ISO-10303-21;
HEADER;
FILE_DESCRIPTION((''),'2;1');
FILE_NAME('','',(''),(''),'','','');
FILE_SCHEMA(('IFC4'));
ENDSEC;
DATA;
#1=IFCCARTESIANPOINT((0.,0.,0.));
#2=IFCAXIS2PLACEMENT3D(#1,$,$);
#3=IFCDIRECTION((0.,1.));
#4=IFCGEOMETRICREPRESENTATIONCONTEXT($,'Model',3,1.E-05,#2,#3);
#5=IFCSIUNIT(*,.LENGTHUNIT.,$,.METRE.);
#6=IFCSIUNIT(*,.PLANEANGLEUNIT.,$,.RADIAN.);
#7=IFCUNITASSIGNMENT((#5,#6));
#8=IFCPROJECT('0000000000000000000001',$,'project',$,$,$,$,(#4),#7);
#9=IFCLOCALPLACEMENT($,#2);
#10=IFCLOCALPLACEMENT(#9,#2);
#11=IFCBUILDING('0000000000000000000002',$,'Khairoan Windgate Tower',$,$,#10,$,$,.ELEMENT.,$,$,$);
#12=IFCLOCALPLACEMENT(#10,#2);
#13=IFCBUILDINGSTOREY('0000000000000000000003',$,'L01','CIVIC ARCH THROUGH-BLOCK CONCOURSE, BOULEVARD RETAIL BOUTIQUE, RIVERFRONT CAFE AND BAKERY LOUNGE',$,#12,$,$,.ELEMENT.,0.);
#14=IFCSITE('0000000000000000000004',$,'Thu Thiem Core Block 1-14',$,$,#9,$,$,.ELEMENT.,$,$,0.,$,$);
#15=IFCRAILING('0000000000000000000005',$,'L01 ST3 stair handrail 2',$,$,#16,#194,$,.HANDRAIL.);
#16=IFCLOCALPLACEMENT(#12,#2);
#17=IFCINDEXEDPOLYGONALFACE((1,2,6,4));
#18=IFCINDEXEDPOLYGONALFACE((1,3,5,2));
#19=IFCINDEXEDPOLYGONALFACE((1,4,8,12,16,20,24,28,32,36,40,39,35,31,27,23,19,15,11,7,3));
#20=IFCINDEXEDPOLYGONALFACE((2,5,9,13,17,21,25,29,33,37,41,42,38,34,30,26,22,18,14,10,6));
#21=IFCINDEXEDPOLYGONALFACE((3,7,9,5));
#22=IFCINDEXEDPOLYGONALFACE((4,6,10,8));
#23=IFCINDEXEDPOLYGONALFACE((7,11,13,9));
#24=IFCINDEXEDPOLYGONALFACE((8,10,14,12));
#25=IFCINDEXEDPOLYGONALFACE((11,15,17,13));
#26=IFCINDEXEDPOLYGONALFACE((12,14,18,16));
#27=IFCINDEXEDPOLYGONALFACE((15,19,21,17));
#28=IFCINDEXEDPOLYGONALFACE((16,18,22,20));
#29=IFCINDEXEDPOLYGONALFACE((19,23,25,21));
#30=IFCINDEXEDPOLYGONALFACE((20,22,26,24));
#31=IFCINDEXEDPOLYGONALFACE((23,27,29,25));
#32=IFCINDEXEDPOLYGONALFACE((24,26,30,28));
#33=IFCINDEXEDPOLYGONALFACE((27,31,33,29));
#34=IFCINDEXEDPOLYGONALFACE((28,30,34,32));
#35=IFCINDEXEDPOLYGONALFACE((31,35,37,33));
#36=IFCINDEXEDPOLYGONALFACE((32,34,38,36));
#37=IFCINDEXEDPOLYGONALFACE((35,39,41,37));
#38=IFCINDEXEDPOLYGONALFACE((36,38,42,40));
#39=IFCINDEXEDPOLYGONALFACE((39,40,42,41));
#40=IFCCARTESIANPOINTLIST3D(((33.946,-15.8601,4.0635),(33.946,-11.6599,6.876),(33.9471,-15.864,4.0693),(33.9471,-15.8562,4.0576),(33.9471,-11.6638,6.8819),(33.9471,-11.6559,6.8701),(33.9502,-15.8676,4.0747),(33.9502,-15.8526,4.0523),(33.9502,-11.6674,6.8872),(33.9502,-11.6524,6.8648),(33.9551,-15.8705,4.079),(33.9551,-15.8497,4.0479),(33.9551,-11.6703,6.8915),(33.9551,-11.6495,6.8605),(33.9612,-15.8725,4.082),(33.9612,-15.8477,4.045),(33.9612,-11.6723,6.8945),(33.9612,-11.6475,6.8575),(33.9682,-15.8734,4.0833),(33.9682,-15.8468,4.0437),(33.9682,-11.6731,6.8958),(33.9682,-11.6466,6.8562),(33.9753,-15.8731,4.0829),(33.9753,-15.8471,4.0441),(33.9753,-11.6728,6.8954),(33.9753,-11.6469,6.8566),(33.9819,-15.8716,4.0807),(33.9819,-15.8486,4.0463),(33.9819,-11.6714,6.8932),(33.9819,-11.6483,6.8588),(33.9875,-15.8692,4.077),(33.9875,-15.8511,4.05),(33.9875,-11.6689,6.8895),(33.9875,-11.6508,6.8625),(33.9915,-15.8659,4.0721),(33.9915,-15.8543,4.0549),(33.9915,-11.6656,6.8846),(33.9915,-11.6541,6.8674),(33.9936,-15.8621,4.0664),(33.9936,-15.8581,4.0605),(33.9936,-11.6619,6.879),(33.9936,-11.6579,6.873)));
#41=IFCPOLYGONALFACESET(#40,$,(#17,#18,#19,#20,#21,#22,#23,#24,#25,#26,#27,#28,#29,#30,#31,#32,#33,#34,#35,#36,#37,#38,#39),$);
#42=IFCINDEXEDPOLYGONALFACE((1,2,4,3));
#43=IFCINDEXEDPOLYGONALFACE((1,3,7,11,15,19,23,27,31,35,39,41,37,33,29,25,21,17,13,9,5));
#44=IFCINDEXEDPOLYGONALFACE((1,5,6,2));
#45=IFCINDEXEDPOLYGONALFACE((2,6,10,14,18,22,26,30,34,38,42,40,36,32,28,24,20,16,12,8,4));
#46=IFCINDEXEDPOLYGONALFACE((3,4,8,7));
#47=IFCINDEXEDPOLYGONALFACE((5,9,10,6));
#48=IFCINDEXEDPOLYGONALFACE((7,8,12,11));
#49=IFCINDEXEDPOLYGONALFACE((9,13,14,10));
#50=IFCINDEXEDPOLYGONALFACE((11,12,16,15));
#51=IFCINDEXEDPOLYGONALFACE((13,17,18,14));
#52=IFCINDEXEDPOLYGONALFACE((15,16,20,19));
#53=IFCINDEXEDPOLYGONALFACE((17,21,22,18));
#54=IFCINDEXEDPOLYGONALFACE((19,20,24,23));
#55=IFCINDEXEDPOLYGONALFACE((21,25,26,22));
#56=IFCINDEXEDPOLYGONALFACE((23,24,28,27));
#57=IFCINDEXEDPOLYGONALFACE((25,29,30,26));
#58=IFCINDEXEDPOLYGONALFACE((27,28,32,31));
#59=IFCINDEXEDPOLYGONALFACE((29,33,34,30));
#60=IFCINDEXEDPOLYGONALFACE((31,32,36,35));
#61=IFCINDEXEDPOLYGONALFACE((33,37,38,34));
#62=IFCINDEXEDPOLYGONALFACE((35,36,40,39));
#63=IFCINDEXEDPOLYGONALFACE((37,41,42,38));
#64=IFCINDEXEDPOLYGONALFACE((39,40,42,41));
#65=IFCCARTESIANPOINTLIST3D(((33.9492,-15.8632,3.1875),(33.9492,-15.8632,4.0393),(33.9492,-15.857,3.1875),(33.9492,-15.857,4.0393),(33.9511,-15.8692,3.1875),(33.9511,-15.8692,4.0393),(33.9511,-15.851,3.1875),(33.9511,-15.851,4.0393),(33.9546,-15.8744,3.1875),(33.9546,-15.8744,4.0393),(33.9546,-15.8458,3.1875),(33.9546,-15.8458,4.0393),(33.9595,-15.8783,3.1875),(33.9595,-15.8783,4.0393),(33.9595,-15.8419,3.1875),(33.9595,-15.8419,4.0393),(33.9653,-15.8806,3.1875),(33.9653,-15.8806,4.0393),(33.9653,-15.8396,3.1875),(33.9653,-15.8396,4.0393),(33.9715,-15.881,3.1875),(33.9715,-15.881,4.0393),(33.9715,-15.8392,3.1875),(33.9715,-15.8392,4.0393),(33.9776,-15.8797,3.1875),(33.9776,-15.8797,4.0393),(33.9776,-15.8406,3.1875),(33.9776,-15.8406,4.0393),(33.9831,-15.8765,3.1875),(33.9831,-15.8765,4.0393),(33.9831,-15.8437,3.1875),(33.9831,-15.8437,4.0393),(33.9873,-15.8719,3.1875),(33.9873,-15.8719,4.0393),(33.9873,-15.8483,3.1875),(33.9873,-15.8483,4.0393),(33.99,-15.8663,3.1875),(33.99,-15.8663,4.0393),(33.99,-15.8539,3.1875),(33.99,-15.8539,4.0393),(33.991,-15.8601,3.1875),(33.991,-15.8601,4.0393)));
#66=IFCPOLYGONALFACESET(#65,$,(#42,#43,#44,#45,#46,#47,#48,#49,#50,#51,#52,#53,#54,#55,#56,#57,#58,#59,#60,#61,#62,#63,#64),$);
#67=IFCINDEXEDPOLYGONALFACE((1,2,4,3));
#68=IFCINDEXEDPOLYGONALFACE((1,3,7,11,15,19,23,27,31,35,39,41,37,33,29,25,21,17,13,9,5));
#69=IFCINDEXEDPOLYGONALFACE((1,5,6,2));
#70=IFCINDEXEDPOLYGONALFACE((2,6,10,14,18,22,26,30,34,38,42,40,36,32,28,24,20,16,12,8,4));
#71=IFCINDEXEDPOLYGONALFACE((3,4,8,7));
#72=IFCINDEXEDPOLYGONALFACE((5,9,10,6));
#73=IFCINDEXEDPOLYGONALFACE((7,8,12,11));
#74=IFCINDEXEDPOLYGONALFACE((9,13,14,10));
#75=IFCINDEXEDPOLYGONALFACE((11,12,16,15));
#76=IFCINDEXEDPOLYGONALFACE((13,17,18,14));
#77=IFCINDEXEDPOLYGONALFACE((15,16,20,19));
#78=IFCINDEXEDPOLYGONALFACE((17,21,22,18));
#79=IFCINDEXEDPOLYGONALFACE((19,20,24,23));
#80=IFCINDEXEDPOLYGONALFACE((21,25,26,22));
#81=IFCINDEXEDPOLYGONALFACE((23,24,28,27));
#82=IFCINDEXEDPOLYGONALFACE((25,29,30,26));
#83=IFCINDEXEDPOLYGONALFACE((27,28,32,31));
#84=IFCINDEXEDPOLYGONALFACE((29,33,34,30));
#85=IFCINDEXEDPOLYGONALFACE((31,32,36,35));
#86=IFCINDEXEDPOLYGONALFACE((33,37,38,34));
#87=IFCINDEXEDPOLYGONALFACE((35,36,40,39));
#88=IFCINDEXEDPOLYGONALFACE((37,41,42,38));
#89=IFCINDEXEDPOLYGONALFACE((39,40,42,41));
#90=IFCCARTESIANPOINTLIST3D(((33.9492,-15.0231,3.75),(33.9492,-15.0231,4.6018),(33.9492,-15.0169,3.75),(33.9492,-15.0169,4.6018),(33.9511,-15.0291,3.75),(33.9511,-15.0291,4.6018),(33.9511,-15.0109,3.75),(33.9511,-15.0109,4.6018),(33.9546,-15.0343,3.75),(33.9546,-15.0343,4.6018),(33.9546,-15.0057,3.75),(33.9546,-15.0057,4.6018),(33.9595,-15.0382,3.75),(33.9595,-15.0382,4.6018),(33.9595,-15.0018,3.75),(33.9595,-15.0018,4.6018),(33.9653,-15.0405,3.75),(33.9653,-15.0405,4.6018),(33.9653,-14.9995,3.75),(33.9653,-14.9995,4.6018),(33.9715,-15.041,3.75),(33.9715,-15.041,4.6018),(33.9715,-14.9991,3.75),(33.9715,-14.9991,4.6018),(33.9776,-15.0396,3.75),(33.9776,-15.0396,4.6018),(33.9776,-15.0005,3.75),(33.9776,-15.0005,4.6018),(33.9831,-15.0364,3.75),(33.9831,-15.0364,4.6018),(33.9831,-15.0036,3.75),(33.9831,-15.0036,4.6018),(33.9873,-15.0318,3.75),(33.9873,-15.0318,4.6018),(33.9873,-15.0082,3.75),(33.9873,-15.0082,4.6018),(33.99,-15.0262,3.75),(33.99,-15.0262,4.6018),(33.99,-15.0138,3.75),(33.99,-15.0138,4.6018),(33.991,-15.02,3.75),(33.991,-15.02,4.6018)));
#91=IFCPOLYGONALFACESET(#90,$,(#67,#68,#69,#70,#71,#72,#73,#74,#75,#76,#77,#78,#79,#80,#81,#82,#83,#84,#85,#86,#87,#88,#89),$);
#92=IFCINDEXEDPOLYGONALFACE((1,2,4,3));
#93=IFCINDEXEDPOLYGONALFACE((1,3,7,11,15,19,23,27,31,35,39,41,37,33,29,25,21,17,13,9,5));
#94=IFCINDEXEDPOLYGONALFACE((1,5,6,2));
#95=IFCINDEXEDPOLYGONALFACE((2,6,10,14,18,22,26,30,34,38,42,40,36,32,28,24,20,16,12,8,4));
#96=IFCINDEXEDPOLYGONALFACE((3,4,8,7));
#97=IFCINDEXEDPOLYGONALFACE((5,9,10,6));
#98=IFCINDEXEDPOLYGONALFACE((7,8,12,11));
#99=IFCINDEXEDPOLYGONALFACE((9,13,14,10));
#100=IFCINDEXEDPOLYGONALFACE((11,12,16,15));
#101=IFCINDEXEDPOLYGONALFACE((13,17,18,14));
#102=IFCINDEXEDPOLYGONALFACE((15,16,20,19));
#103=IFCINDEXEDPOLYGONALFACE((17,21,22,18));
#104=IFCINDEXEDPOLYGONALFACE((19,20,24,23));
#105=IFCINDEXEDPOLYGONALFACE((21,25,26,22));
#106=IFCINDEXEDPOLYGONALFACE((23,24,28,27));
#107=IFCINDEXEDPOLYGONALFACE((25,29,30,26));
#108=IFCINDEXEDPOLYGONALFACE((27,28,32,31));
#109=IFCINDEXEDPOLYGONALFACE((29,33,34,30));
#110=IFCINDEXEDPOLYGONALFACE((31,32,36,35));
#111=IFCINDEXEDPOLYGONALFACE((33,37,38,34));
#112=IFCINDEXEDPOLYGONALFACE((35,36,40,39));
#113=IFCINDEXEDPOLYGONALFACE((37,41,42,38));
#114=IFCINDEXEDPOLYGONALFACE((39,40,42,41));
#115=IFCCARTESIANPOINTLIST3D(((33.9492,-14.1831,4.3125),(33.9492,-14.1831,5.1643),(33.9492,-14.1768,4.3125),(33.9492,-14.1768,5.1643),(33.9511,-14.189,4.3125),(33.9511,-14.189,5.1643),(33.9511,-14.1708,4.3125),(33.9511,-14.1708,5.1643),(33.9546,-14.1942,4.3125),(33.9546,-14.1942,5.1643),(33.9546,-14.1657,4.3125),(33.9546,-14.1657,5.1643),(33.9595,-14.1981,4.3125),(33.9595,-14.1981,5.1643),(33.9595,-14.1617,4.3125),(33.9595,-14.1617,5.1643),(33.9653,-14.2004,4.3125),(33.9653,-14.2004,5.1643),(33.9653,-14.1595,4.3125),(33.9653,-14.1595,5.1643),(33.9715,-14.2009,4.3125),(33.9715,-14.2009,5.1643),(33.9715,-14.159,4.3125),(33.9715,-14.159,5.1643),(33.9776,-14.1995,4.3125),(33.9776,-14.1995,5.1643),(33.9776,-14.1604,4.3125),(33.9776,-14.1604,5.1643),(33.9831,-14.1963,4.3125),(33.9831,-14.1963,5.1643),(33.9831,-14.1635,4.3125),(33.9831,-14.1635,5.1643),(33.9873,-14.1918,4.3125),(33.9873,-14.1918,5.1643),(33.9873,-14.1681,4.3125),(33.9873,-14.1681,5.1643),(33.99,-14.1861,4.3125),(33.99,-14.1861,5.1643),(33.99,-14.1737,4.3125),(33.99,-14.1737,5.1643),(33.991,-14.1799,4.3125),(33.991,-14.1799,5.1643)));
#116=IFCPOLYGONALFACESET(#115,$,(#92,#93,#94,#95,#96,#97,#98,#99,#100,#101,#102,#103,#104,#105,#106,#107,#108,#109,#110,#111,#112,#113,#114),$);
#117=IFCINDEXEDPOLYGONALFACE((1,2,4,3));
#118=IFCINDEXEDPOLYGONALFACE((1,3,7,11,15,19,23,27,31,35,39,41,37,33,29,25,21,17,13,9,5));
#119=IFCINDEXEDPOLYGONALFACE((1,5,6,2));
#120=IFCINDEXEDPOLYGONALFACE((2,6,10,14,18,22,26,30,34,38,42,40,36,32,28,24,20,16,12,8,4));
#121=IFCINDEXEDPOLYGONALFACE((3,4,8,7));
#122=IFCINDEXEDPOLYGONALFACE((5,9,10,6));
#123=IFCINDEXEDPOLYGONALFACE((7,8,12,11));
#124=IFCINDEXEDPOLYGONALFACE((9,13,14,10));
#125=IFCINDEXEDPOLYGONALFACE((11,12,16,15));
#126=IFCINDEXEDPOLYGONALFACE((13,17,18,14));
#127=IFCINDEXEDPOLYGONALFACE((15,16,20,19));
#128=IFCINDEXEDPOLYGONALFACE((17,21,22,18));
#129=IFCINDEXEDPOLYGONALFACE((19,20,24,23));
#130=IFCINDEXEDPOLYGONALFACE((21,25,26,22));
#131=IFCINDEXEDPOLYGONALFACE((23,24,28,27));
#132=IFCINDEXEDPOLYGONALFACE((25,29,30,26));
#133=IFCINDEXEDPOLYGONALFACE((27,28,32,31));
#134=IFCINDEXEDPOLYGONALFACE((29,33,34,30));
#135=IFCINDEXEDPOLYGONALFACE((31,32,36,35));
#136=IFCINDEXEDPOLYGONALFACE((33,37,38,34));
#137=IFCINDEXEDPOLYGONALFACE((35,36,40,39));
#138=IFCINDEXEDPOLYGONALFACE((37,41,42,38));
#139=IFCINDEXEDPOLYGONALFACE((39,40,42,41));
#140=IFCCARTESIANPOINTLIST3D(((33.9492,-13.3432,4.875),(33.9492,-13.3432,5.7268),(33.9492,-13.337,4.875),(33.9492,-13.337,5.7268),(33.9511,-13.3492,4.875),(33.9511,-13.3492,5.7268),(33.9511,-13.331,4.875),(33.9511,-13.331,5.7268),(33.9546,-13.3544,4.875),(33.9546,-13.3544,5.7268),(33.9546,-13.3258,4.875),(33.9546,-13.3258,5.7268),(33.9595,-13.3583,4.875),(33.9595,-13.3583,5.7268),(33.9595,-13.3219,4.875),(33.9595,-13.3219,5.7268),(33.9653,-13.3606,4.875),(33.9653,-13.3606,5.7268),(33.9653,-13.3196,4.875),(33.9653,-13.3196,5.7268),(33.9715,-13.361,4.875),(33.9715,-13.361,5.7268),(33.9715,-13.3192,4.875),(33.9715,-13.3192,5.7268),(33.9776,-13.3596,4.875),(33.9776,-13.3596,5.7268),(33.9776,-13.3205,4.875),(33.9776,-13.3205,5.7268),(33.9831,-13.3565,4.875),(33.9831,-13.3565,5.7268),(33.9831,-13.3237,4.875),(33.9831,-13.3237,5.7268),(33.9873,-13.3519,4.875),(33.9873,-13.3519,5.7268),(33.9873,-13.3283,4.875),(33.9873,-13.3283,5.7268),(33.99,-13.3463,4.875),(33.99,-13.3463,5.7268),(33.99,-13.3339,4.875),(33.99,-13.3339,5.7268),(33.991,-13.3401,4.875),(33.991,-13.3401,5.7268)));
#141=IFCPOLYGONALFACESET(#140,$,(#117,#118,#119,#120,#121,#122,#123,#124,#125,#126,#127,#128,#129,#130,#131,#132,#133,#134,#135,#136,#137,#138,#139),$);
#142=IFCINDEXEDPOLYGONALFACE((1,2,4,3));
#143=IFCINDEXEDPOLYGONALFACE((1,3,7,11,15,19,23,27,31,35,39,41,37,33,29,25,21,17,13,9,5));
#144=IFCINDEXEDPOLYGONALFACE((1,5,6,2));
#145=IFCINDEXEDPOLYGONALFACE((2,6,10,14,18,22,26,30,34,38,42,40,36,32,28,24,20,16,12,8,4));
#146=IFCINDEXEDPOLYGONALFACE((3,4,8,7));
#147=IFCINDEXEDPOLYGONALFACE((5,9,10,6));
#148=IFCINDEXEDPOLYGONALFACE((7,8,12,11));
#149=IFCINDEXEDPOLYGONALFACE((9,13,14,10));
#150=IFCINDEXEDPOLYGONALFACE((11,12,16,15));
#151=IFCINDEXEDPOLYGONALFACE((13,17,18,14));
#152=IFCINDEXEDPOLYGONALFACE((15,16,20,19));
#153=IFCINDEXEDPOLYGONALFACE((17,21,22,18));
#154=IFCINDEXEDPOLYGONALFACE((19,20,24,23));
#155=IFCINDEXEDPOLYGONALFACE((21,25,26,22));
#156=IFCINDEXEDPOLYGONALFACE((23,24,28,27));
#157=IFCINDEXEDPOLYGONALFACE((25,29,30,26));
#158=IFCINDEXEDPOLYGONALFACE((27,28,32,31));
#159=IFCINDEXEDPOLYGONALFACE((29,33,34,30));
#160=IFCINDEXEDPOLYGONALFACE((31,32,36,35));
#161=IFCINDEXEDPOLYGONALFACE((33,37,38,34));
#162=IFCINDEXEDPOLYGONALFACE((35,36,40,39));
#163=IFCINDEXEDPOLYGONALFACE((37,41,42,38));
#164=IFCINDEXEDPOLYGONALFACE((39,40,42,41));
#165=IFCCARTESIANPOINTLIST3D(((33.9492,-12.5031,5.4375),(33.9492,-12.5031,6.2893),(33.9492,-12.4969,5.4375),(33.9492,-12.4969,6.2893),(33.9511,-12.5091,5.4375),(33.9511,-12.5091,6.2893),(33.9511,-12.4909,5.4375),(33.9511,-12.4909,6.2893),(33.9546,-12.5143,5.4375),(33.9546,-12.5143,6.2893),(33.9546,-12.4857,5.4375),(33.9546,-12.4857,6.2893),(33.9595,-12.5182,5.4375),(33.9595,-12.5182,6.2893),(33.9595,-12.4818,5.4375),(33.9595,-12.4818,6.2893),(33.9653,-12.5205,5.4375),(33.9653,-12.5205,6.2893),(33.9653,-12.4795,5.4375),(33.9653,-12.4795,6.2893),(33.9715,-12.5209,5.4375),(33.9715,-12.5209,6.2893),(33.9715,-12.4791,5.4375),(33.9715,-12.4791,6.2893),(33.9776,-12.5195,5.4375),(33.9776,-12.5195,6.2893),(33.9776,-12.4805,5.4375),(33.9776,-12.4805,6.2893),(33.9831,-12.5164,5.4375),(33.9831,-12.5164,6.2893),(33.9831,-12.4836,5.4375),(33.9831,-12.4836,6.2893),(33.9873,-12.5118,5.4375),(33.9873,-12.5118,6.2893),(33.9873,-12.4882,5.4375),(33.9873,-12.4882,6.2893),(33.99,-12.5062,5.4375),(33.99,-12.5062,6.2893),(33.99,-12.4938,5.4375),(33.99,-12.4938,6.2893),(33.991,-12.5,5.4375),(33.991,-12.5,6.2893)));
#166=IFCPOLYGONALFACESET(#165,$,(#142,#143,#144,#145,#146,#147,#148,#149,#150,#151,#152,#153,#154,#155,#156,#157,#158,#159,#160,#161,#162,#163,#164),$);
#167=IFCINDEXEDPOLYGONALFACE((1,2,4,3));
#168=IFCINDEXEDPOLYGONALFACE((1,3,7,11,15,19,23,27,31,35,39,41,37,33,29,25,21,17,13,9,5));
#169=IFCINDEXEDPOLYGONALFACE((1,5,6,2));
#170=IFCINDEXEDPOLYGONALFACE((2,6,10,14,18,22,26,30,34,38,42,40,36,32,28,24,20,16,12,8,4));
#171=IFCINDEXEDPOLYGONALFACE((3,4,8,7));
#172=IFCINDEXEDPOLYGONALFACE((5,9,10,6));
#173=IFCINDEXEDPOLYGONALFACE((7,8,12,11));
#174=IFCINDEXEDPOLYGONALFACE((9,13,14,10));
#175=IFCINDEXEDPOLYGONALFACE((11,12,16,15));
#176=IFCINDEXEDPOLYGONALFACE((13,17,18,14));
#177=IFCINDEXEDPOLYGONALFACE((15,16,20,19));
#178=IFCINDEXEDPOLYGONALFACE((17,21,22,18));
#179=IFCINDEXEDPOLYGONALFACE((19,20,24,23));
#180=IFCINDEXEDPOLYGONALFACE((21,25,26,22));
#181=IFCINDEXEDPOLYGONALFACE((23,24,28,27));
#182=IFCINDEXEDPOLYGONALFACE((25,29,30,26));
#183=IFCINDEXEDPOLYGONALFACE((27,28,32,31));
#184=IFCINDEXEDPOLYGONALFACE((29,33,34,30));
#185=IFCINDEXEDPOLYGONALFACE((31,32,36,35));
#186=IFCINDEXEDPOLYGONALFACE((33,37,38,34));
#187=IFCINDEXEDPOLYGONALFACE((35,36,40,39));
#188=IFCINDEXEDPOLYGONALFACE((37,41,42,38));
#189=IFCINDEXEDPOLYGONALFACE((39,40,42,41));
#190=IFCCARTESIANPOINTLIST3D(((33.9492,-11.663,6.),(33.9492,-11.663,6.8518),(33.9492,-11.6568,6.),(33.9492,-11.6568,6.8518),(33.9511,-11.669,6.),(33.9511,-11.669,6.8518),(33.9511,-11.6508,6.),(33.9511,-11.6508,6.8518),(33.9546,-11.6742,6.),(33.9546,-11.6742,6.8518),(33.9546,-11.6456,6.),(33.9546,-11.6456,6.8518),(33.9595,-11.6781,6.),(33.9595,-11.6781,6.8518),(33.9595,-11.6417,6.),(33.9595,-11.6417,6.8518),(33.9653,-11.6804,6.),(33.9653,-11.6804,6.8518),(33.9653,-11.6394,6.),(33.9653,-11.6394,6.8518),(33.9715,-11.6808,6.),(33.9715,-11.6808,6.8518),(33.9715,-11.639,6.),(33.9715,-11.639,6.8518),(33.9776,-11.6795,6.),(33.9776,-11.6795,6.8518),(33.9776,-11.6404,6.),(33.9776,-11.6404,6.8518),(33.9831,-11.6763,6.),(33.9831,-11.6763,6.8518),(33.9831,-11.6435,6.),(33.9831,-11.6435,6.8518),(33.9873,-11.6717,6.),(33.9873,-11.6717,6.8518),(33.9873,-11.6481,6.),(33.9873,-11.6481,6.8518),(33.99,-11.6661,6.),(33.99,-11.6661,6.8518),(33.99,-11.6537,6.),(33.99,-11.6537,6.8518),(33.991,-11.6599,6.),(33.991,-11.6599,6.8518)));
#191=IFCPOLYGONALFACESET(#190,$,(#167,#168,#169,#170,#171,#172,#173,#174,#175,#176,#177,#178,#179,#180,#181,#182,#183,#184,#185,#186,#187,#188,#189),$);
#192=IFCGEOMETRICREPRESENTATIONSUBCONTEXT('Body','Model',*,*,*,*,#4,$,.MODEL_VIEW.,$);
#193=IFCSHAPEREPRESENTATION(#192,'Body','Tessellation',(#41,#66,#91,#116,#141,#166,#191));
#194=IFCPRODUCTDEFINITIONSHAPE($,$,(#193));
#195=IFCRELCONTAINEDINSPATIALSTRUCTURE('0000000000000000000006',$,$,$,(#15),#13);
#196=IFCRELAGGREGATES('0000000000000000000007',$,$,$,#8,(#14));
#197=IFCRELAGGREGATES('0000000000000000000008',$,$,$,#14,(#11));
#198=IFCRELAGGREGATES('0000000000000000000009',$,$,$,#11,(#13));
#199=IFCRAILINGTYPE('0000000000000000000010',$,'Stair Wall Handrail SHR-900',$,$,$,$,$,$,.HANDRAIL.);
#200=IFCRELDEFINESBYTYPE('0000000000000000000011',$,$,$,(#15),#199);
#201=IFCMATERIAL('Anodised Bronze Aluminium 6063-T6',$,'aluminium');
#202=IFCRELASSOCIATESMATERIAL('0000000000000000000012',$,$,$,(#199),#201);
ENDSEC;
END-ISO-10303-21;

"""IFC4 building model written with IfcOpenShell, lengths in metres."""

from ifc_helpers import new_model, si_unit, direction, frame, origin, origin_2d, place, context, subcontext, project, spatial, circle, extrude, material, type_object, element, save


model = new_model("IFC4")

# Units and contexts
model_context = context("Model", 3, precision=1e-05, world=origin(), true_north=direction((0.0, 1.0)))
body_context = subcontext(model_context, "Body", "Model", "MODEL_VIEW")
ifc_project = project(units=[si_unit("LENGTHUNIT", "METRE"), si_unit("PLANEANGLEUNIT", "RADIAN")], contexts=[model_context])

# Site, building, storey
site_placement = place(None, origin())
site = spatial("IfcSite", under=ifc_project, at=site_placement, Name="Thu Thiem Core Block 1-14", CompositionType="ELEMENT", RefElevation=0.0)
building_placement = place(site_placement, origin())
building = spatial("IfcBuilding", under=site, at=building_placement, Name="Khairoan Windgate Tower", CompositionType="ELEMENT")
storey_placement = place(building_placement, origin())
storey = spatial("IfcBuildingStorey", under=building, at=storey_placement, Name="L01", Description="CIVIC ARCH THROUGH-BLOCK CONCOURSE, BOULEVARD RETAIL BOUTIQUE, RIVERFRONT CAFE AND BAKERY LOUNGE", CompositionType="ELEMENT", Elevation=0.0)

# Railing
ifc_material_1 = material(Name="Anodised Bronze Aluminium 6063-T6", Category="aluminium")
railing_type_1 = type_object("IfcRailingType", Name="Stair Wall Handrail SHR-900", PredefinedType="HANDRAIL", material=ifc_material_1)
railing_1_placement = place(storey_placement, frame((33.97, -15.8601, 3.1875)))
element("IfcRailing", 1, at=railing_1_placement, inside=storey, type_object=railing_type_1, Name="L01 ST3 stair handrail 2", PredefinedType="HANDRAIL", context=body_context, shape_type="SweptSolid", body=[
    extrude(circle(Radius=0.0239, at=origin_2d()), frame((0.0, 0.0, 0.876), z_axis=(0.0, 0.830919, 0.556393), x_axis=(-1.0, 0.0, 0.0)), (0.0, 0.0, 1.0), 5.0549),
    extrude(circle(Radius=0.021, at=origin_2d()), origin(), (0.0, 0.0, 1.0), 0.8518),
    extrude(circle(Radius=0.021, at=origin_2d()), frame((0.0, 0.8401, 0.5625)), (0.0, 0.0, 1.0), 0.8518),
    extrude(circle(Radius=0.021, at=origin_2d()), frame((0.0, 1.6802, 1.125)), (0.0, 0.0, 1.0), 0.8518),
    extrude(circle(Radius=0.021, at=origin_2d()), frame((0.0, 2.52, 1.6875)), (0.0, 0.0, 1.0), 0.8518),
    extrude(circle(Radius=0.021, at=origin_2d()), frame((0.0, 3.3601, 2.25)), (0.0, 0.0, 1.0), 0.8518),
    extrude(circle(Radius=0.021, at=origin_2d()), frame((0.0, 4.2002, 2.8125)), (0.0, 0.0, 1.0), 0.8518),
])

save(model, "model.ifc")
